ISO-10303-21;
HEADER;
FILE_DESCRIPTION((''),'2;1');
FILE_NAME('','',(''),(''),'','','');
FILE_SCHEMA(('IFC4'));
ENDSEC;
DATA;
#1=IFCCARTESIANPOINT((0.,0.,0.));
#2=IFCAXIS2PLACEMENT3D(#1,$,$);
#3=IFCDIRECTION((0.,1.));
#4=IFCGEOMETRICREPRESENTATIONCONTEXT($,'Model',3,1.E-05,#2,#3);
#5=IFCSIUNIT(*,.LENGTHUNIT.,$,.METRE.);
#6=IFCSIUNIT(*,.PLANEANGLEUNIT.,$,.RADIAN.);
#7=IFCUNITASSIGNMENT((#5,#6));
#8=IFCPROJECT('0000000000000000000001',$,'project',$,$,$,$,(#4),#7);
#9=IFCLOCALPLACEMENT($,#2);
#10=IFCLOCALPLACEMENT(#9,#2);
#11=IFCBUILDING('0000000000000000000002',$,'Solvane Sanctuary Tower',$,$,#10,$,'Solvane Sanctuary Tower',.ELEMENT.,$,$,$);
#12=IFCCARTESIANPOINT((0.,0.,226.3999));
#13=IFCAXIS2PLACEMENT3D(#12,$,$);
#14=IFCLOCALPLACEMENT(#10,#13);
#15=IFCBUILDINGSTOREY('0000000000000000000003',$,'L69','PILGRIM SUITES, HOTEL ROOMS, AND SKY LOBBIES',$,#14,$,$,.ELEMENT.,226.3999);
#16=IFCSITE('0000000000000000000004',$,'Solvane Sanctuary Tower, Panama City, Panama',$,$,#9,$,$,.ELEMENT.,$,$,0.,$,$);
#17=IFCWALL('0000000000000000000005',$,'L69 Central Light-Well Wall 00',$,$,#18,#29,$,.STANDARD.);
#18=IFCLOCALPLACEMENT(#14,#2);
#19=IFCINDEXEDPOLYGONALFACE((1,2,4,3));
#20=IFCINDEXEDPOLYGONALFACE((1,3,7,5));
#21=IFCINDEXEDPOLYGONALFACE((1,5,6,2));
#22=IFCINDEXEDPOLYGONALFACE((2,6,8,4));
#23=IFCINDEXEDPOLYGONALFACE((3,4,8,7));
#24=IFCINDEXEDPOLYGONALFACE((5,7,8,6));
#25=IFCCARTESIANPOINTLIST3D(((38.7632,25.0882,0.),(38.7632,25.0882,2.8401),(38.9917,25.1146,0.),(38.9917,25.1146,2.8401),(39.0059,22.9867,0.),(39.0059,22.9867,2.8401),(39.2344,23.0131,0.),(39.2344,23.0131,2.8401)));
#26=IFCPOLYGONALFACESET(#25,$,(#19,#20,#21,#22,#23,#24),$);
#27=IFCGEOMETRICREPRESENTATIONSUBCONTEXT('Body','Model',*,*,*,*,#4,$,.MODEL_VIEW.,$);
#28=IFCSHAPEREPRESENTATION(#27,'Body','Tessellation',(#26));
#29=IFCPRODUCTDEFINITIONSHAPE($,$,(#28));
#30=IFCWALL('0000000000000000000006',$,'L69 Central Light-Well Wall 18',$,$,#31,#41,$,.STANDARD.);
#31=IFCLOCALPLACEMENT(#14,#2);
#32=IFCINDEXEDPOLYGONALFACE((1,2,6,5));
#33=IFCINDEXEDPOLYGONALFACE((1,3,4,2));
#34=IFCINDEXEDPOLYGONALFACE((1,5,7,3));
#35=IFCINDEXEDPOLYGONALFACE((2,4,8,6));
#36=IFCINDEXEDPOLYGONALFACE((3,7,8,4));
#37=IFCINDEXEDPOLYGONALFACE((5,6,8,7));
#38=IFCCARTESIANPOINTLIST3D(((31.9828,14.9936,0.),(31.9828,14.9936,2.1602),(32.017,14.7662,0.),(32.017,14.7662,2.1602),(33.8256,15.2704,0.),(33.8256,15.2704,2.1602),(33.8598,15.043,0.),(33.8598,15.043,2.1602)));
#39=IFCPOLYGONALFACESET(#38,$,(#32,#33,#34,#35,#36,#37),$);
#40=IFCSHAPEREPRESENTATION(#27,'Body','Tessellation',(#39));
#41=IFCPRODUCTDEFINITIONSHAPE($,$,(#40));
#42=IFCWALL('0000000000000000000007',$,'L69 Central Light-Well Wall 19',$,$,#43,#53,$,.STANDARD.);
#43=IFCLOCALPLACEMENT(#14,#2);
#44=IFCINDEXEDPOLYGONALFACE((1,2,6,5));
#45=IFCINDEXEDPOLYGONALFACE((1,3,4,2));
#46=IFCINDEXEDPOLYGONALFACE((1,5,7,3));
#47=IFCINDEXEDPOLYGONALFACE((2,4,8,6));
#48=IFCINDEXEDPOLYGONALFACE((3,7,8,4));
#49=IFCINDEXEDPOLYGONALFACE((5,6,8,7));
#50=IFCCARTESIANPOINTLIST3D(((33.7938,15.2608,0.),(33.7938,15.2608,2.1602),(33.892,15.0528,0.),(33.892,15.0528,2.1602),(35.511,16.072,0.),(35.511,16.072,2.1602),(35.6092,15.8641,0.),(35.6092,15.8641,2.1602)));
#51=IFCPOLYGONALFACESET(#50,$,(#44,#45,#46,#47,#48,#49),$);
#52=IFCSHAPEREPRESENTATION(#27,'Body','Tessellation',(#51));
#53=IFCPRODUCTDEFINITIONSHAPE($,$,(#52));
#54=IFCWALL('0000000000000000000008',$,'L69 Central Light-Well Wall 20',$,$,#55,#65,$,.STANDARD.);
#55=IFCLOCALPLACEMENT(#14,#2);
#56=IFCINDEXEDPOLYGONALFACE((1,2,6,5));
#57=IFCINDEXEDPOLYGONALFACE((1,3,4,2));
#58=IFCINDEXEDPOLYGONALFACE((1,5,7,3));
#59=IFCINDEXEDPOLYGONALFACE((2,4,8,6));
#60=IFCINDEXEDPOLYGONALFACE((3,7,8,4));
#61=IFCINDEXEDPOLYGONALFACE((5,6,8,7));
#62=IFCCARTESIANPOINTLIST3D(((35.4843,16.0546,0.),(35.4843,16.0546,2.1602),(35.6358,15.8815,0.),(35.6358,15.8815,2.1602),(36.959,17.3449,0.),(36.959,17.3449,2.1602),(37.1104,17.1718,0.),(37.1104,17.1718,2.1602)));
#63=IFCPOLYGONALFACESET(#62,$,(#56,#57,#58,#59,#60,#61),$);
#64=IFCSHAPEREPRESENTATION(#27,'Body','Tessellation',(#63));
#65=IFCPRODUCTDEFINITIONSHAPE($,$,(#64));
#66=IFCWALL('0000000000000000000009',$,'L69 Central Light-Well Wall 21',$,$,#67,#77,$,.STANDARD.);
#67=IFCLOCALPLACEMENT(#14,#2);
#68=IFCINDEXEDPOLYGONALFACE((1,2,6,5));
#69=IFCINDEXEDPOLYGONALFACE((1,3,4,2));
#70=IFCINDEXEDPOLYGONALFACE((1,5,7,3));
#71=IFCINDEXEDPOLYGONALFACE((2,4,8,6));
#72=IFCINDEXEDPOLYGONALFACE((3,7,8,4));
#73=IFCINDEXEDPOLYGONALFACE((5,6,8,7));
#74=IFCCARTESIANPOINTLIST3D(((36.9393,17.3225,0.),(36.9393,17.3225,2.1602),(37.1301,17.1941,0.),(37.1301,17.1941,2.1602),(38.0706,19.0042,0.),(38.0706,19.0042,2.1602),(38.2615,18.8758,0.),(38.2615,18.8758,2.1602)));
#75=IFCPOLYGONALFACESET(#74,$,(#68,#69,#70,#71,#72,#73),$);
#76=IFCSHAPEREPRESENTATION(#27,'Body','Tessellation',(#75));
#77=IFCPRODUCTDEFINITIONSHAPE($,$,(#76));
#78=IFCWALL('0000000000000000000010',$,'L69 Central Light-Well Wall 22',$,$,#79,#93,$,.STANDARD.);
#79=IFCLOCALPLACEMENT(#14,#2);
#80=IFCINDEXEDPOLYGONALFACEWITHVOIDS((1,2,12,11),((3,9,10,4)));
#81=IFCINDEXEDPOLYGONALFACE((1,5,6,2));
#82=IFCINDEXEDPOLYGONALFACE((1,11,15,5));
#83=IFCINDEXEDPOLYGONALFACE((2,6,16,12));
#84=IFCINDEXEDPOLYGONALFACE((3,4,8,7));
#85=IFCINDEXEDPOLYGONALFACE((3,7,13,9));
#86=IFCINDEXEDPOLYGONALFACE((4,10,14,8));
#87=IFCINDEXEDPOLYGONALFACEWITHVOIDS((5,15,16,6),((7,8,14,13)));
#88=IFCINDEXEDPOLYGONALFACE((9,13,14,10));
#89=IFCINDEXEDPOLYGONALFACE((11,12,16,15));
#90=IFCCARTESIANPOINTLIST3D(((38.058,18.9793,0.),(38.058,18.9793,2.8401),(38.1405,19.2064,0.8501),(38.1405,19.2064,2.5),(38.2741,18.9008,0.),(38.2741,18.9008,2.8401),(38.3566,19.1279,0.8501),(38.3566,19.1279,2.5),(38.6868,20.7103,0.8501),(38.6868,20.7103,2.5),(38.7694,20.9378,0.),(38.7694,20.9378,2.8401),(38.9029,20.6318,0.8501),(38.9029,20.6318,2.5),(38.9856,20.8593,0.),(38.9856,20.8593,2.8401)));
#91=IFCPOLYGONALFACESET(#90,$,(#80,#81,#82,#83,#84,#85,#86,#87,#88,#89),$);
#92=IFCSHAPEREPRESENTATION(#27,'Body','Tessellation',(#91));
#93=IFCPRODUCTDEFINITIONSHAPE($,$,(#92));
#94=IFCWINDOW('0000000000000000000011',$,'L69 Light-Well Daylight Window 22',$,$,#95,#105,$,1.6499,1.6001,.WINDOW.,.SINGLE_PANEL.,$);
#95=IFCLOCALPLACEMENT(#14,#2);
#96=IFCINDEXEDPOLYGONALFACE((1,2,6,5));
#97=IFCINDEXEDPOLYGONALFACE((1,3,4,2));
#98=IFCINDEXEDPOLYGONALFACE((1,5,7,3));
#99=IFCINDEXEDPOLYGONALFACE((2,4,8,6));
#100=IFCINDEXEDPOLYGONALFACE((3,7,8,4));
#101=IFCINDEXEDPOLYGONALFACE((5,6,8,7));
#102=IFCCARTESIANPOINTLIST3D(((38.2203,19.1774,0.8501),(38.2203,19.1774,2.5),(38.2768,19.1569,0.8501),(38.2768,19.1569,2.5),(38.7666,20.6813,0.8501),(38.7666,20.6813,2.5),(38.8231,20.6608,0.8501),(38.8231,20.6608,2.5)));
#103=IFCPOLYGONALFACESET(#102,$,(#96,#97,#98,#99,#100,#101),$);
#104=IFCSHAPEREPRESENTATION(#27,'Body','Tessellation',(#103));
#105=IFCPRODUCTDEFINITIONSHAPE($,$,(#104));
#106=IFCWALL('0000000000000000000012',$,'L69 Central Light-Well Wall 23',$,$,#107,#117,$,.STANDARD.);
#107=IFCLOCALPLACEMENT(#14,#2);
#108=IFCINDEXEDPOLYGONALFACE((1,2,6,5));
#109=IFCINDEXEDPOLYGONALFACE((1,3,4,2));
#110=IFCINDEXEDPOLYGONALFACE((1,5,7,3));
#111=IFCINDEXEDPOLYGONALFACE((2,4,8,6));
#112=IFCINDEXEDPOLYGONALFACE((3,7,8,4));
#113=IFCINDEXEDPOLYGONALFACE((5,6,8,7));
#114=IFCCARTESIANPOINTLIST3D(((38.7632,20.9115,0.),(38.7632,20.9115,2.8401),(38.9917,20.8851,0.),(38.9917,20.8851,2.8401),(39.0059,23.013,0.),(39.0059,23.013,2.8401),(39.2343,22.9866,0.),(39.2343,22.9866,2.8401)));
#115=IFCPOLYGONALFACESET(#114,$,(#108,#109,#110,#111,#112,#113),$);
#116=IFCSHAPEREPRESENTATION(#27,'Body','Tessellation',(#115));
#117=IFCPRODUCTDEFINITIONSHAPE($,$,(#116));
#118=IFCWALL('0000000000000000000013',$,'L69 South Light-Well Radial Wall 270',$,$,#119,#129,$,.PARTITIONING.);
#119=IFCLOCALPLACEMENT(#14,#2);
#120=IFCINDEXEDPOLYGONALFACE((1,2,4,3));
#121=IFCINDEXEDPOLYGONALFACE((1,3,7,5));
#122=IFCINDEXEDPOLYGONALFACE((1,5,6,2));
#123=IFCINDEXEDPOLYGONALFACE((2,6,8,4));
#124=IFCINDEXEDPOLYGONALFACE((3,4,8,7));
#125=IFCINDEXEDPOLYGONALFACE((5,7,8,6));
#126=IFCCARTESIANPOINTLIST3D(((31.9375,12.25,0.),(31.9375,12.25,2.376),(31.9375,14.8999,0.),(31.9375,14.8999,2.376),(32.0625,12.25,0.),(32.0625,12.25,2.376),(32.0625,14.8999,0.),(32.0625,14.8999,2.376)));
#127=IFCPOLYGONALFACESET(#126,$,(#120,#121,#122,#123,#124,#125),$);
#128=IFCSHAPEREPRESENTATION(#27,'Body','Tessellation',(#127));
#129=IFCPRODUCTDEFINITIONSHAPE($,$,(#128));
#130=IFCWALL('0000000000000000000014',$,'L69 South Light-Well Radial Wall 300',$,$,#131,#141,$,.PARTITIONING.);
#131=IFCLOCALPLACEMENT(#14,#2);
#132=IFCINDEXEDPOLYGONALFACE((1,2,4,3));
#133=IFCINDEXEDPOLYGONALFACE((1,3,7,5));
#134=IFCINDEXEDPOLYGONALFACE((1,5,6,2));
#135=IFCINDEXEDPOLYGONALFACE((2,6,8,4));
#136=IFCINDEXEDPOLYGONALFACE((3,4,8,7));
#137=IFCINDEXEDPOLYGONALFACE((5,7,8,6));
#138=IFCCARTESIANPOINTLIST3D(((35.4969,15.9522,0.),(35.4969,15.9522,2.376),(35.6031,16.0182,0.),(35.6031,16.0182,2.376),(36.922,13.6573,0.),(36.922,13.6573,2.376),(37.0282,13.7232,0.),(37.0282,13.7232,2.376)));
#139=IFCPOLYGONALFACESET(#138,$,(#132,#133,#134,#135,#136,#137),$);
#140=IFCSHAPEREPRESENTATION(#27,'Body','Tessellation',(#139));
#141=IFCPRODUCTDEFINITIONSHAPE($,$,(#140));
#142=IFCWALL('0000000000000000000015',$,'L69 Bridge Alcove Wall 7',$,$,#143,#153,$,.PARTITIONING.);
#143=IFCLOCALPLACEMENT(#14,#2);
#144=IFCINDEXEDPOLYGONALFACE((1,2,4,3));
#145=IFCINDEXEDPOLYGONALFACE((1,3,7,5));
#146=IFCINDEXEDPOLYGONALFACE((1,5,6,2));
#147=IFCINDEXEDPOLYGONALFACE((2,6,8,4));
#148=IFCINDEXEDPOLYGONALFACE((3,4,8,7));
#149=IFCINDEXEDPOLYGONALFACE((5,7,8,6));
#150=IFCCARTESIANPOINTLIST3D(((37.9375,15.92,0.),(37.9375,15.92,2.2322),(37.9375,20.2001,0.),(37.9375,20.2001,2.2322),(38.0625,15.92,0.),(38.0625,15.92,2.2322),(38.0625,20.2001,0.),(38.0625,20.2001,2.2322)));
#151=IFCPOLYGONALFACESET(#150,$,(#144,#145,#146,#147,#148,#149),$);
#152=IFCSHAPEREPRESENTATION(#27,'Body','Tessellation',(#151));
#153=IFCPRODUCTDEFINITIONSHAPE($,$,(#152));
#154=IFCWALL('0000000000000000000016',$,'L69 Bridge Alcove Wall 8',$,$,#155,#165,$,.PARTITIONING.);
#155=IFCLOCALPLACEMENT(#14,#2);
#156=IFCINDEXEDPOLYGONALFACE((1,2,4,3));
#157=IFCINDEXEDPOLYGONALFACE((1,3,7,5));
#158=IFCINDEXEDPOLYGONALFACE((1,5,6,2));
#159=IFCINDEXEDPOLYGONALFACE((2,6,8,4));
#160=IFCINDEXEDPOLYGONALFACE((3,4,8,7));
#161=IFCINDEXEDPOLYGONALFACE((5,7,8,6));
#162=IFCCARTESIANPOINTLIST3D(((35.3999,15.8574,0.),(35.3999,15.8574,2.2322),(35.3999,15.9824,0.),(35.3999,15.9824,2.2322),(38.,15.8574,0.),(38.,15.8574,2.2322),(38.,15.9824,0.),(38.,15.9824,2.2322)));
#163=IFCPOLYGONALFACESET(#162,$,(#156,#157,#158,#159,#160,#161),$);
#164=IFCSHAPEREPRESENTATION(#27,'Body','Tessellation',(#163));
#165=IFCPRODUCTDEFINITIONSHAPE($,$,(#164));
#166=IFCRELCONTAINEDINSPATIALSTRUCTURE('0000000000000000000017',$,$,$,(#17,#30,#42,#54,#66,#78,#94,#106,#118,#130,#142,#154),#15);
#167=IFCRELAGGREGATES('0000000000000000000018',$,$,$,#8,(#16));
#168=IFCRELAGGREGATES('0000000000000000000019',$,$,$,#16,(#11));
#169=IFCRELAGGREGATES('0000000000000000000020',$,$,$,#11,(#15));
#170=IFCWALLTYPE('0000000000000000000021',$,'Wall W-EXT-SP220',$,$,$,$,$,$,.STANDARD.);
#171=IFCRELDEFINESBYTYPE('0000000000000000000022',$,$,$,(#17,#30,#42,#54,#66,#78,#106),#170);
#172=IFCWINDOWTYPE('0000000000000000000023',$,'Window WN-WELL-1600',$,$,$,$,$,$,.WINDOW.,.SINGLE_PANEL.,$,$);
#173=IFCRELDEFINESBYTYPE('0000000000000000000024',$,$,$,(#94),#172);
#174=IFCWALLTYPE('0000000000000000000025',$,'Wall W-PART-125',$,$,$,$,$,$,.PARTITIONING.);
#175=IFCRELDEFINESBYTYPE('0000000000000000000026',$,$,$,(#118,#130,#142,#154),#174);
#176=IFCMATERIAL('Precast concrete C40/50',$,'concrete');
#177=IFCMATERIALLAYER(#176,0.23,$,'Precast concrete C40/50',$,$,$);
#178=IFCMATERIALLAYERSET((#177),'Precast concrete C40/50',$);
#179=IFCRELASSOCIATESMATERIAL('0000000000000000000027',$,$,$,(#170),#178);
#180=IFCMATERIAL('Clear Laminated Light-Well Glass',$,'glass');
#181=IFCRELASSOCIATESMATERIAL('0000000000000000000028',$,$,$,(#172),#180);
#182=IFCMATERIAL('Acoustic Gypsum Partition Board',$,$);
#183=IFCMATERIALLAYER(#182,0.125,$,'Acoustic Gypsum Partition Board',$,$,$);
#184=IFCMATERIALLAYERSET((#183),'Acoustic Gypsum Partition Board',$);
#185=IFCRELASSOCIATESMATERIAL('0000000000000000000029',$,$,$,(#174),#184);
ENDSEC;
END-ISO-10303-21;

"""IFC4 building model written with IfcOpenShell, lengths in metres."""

from ifc_helpers import new_model, si_unit, direction, frame, frame_2d, origin, place, context, subcontext, project, spatial, rectangle, extrude, material, layer, layer_set, type_object, element, fill, save


model = new_model("IFC4")

# Units and contexts
model_context = context("Model", 3, precision=1e-05, world=origin(), true_north=direction((0.0, 1.0)))
body_context = subcontext(model_context, "Body", "Model", "MODEL_VIEW")
ifc_project = project(units=[si_unit("LENGTHUNIT", "METRE"), si_unit("PLANEANGLEUNIT", "RADIAN")], contexts=[model_context])

# Site, building, storey
site_placement = place(None, origin())
site = spatial("IfcSite", under=ifc_project, at=site_placement, Name="Solvane Sanctuary Tower, Panama City, Panama", CompositionType="ELEMENT", RefElevation=0.0)
building_placement = place(site_placement, origin())
building = spatial("IfcBuilding", under=site, at=building_placement, Name="Solvane Sanctuary Tower", LongName="Solvane Sanctuary Tower", CompositionType="ELEMENT")
storey_placement = place(building_placement, frame((0.0, 0.0, 226.3999)))
storey = spatial("IfcBuildingStorey", under=building, at=storey_placement, Name="L69", Description="PILGRIM SUITES, HOTEL ROOMS, AND SKY LOBBIES", CompositionType="ELEMENT", Elevation=226.3999)

# Walls
ifc_material_1 = material(Name="Precast concrete C40/50", Category="concrete")
ifc_layer_1 = layer(ifc_material_1, 0.23, Name="Precast concrete C40/50")
ifc_layer_set_1 = layer_set([ifc_layer_1], Name="Precast concrete C40/50")
wall_type_1 = type_object("IfcWallType", Name="Wall W-EXT-SP220", PredefinedType="STANDARD", material=ifc_layer_set_1)
wall_1_placement = place(storey_placement, frame((39.1201, 23.0, 0.0), z_axis=(0.0, 0.0, 1.0), x_axis=(-0.114712, 0.993399, 0.0)))
element("IfcWall", 1, at=wall_1_placement, inside=storey, type_object=wall_type_1, Name="L69 Central Light-Well Wall 00", PredefinedType="STANDARD", context=body_context, shape_type="SweptSolid", body=[
    extrude(rectangle(XDim=2.1155, YDim=0.23, at=frame_2d((1.0576, 0.0))), origin(), (0.0, 0.0, 1.0), 2.8401),
])
wall_2_placement = place(storey_placement, frame((32.0, 14.8799, 0.0), z_axis=(0.0, 0.0, 1.0), x_axis=(0.988902, 0.148571, 0.0)))
element("IfcWall", 2, at=wall_2_placement, inside=storey, type_object=wall_type_1, Name="L69 Central Light-Well Wall 18", PredefinedType="STANDARD", context=body_context, shape_type="SweptSolid", body=[
    extrude(rectangle(XDim=1.8635, YDim=0.23, at=frame_2d((0.9316, 0.0))), origin(), (0.0, 0.0, 1.0), 2.1602),
])
wall_3_placement = place(storey_placement, frame((33.8428, 15.1567, 0.0), z_axis=(0.0, 0.0, 1.0), x_axis=(0.90418, 0.427152, 0.0)))
element("IfcWall", 3, at=wall_3_placement, inside=storey, type_object=wall_type_1, Name="L69 Central Light-Well Wall 19", PredefinedType="STANDARD", context=body_context, shape_type="SweptSolid", body=[
    extrude(rectangle(XDim=1.8992, YDim=0.23, at=frame_2d((0.9497, 0.0))), origin(), (0.0, 0.0, 1.0), 2.1602),
])
wall_4_placement = place(storey_placement, frame((35.5601, 15.968, 0.0), z_axis=(0.0, 0.0, 1.0), x_axis=(0.752577, 0.658505, 0.0)))
element("IfcWall", 4, at=wall_4_placement, inside=storey, type_object=wall_type_1, Name="L69 Central Light-Well Wall 20", PredefinedType="STANDARD", context=body_context, shape_type="SweptSolid", body=[
    extrude(rectangle(XDim=1.9595, YDim=0.23, at=frame_2d((0.9797, 0.0))), origin(), (0.0, 0.0, 1.0), 2.1602),
])
wall_5_placement = place(storey_placement, frame((37.0347, 17.2583, 0.0), z_axis=(0.0, 0.0, 1.0), x_axis=(0.558198, 0.829708, 0.0)))
element("IfcWall", 5, at=wall_5_placement, inside=storey, type_object=wall_type_1, Name="L69 Central Light-Well Wall 21", PredefinedType="STANDARD", context=body_context, shape_type="SweptSolid", body=[
    extrude(rectangle(XDim=2.0269, YDim=0.23, at=frame_2d((1.0134, 0.0))), origin(), (0.0, 0.0, 1.0), 2.1602),
])

# Wall, opening, window
wall_6_placement = place(storey_placement, frame((38.166, 18.9399, 0.0), z_axis=(0.0, 0.0, 1.0), x_axis=(0.341423, 0.93991, 0.0)))
wall_6 = element("IfcWall", 6, at=wall_6_placement, inside=storey, type_object=wall_type_1, Name="L69 Central Light-Well Wall 22", PredefinedType="STANDARD", context=body_context, shape_type="SweptSolid", body=[
    extrude(rectangle(XDim=2.0837, YDim=0.23, at=frame_2d((1.042, 0.0))), origin(), (0.0, 0.0, 1.0), 2.8401),
])
opening_placement = place(wall_6_placement, frame((0.2417, 0.0, 0.8501)))
opening = element("IfcOpeningElement", 7, at=opening_placement, cuts=wall_6, PredefinedType="OPENING", context=body_context, shape_type="SweptSolid", body=[
    extrude(rectangle(XDim=1.6001, YDim=1.6499, at=frame_2d((0.8, 0.825))), frame((0.0, 0.125, 0.0), z_axis=(0.0, -1.0, 0.0), x_axis=(1.0, 0.0, 0.0)), (0.0, 0.0, 1.0), 0.25),
])
ifc_material_2 = material(Name="Clear Laminated Light-Well Glass", Category="glass")
window_type = type_object("IfcWindowType", Name="Window WN-WELL-1600", PartitioningType="SINGLE_PANEL", PredefinedType="WINDOW", material=ifc_material_2)
window_placement = place(opening_placement, origin())
window = element("IfcWindow", 8, at=window_placement, inside=storey, type_object=window_type, Name="L69 Light-Well Daylight Window 22", OverallHeight=1.6499, OverallWidth=1.6001, PartitioningType="SINGLE_PANEL", PredefinedType="WINDOW", context=body_context, shape_type="SweptSolid", body=[
    extrude(rectangle(XDim=1.6001, YDim=1.6499, at=frame_2d((0.8, 0.825))), frame((0.0, 0.03, 0.0), z_axis=(0.0, -1.0, 0.0), x_axis=(1.0, 0.0, 0.0)), (0.0, 0.0, 1.0), 0.0601),
])
fill(opening, window)

# Walls
wall_7_placement = place(storey_placement, frame((38.8774, 20.8984, 0.0), z_axis=(0.0, 0.0, 1.0), x_axis=(0.114712, 0.993399, 0.0)))
element("IfcWall", 9, at=wall_7_placement, inside=storey, type_object=wall_type_1, Name="L69 Central Light-Well Wall 23", PredefinedType="STANDARD", context=body_context, shape_type="SweptSolid", body=[
    extrude(rectangle(XDim=2.1155, YDim=0.23, at=frame_2d((1.0576, 0.0))), origin(), (0.0, 0.0, 1.0), 2.8401),
])
ifc_material_3 = material(Name="Acoustic Gypsum Partition Board")
ifc_layer_2 = layer(ifc_material_3, 0.125, Name="Acoustic Gypsum Partition Board")
ifc_layer_set_2 = layer_set([ifc_layer_2], Name="Acoustic Gypsum Partition Board")
wall_type_2 = type_object("IfcWallType", Name="Wall W-PART-125", PredefinedType="PARTITIONING", material=ifc_layer_set_2)
wall_8_placement = place(storey_placement, frame((32.0, 14.8999, 0.0), z_axis=(0.0, 0.0, 1.0), x_axis=(0.0, -1.0, 0.0)))
element("IfcWall", 10, at=wall_8_placement, inside=storey, type_object=wall_type_2, Name="L69 South Light-Well Radial Wall 270", PredefinedType="PARTITIONING", context=body_context, shape_type="SweptSolid", body=[
    extrude(rectangle(XDim=2.6499, YDim=0.125, at=frame_2d((1.325, 0.0))), origin(), (0.0, 0.0, 1.0), 2.376),
])
wall_9_placement = place(storey_placement, frame((35.55, 15.9851, 0.0), z_axis=(0.0, 0.0, 1.0), x_axis=(0.527527, -0.849538, 0.0)))
element("IfcWall", 11, at=wall_9_placement, inside=storey, type_object=wall_type_2, Name="L69 South Light-Well Radial Wall 300", PredefinedType="PARTITIONING", context=body_context, shape_type="SweptSolid", body=[
    extrude(rectangle(XDim=2.7014, YDim=0.125, at=frame_2d((1.3506, 0.0))), origin(), (0.0, 0.0, 1.0), 2.376),
])
wall_10_placement = place(storey_placement, frame((38.0, 15.9199, 0.0), z_axis=(0.0, 0.0, 1.0), x_axis=(0.0, 1.0, 0.0)))
element("IfcWall", 12, at=wall_10_placement, inside=storey, type_object=wall_type_2, Name="L69 Bridge Alcove Wall 7", PredefinedType="PARTITIONING", context=body_context, shape_type="SweptSolid", body=[
    extrude(rectangle(XDim=4.28, YDim=0.125, at=frame_2d((2.1401, 0.0))), origin(), (0.0, 0.0, 1.0), 2.2322),
])
wall_11_placement = place(storey_placement, frame((35.3999, 15.9199, 0.0), z_axis=(0.0, 0.0, 1.0), x_axis=(1.0, 0.0, 0.0)))
element("IfcWall", 13, at=wall_11_placement, inside=storey, type_object=wall_type_2, Name="L69 Bridge Alcove Wall 8", PredefinedType="PARTITIONING", context=body_context, shape_type="SweptSolid", body=[
    extrude(rectangle(XDim=2.6001, YDim=0.125, at=frame_2d((1.3, 0.0))), origin(), (0.0, 0.0, 1.0), 2.2322),
])

save(model, "model.ifc")
